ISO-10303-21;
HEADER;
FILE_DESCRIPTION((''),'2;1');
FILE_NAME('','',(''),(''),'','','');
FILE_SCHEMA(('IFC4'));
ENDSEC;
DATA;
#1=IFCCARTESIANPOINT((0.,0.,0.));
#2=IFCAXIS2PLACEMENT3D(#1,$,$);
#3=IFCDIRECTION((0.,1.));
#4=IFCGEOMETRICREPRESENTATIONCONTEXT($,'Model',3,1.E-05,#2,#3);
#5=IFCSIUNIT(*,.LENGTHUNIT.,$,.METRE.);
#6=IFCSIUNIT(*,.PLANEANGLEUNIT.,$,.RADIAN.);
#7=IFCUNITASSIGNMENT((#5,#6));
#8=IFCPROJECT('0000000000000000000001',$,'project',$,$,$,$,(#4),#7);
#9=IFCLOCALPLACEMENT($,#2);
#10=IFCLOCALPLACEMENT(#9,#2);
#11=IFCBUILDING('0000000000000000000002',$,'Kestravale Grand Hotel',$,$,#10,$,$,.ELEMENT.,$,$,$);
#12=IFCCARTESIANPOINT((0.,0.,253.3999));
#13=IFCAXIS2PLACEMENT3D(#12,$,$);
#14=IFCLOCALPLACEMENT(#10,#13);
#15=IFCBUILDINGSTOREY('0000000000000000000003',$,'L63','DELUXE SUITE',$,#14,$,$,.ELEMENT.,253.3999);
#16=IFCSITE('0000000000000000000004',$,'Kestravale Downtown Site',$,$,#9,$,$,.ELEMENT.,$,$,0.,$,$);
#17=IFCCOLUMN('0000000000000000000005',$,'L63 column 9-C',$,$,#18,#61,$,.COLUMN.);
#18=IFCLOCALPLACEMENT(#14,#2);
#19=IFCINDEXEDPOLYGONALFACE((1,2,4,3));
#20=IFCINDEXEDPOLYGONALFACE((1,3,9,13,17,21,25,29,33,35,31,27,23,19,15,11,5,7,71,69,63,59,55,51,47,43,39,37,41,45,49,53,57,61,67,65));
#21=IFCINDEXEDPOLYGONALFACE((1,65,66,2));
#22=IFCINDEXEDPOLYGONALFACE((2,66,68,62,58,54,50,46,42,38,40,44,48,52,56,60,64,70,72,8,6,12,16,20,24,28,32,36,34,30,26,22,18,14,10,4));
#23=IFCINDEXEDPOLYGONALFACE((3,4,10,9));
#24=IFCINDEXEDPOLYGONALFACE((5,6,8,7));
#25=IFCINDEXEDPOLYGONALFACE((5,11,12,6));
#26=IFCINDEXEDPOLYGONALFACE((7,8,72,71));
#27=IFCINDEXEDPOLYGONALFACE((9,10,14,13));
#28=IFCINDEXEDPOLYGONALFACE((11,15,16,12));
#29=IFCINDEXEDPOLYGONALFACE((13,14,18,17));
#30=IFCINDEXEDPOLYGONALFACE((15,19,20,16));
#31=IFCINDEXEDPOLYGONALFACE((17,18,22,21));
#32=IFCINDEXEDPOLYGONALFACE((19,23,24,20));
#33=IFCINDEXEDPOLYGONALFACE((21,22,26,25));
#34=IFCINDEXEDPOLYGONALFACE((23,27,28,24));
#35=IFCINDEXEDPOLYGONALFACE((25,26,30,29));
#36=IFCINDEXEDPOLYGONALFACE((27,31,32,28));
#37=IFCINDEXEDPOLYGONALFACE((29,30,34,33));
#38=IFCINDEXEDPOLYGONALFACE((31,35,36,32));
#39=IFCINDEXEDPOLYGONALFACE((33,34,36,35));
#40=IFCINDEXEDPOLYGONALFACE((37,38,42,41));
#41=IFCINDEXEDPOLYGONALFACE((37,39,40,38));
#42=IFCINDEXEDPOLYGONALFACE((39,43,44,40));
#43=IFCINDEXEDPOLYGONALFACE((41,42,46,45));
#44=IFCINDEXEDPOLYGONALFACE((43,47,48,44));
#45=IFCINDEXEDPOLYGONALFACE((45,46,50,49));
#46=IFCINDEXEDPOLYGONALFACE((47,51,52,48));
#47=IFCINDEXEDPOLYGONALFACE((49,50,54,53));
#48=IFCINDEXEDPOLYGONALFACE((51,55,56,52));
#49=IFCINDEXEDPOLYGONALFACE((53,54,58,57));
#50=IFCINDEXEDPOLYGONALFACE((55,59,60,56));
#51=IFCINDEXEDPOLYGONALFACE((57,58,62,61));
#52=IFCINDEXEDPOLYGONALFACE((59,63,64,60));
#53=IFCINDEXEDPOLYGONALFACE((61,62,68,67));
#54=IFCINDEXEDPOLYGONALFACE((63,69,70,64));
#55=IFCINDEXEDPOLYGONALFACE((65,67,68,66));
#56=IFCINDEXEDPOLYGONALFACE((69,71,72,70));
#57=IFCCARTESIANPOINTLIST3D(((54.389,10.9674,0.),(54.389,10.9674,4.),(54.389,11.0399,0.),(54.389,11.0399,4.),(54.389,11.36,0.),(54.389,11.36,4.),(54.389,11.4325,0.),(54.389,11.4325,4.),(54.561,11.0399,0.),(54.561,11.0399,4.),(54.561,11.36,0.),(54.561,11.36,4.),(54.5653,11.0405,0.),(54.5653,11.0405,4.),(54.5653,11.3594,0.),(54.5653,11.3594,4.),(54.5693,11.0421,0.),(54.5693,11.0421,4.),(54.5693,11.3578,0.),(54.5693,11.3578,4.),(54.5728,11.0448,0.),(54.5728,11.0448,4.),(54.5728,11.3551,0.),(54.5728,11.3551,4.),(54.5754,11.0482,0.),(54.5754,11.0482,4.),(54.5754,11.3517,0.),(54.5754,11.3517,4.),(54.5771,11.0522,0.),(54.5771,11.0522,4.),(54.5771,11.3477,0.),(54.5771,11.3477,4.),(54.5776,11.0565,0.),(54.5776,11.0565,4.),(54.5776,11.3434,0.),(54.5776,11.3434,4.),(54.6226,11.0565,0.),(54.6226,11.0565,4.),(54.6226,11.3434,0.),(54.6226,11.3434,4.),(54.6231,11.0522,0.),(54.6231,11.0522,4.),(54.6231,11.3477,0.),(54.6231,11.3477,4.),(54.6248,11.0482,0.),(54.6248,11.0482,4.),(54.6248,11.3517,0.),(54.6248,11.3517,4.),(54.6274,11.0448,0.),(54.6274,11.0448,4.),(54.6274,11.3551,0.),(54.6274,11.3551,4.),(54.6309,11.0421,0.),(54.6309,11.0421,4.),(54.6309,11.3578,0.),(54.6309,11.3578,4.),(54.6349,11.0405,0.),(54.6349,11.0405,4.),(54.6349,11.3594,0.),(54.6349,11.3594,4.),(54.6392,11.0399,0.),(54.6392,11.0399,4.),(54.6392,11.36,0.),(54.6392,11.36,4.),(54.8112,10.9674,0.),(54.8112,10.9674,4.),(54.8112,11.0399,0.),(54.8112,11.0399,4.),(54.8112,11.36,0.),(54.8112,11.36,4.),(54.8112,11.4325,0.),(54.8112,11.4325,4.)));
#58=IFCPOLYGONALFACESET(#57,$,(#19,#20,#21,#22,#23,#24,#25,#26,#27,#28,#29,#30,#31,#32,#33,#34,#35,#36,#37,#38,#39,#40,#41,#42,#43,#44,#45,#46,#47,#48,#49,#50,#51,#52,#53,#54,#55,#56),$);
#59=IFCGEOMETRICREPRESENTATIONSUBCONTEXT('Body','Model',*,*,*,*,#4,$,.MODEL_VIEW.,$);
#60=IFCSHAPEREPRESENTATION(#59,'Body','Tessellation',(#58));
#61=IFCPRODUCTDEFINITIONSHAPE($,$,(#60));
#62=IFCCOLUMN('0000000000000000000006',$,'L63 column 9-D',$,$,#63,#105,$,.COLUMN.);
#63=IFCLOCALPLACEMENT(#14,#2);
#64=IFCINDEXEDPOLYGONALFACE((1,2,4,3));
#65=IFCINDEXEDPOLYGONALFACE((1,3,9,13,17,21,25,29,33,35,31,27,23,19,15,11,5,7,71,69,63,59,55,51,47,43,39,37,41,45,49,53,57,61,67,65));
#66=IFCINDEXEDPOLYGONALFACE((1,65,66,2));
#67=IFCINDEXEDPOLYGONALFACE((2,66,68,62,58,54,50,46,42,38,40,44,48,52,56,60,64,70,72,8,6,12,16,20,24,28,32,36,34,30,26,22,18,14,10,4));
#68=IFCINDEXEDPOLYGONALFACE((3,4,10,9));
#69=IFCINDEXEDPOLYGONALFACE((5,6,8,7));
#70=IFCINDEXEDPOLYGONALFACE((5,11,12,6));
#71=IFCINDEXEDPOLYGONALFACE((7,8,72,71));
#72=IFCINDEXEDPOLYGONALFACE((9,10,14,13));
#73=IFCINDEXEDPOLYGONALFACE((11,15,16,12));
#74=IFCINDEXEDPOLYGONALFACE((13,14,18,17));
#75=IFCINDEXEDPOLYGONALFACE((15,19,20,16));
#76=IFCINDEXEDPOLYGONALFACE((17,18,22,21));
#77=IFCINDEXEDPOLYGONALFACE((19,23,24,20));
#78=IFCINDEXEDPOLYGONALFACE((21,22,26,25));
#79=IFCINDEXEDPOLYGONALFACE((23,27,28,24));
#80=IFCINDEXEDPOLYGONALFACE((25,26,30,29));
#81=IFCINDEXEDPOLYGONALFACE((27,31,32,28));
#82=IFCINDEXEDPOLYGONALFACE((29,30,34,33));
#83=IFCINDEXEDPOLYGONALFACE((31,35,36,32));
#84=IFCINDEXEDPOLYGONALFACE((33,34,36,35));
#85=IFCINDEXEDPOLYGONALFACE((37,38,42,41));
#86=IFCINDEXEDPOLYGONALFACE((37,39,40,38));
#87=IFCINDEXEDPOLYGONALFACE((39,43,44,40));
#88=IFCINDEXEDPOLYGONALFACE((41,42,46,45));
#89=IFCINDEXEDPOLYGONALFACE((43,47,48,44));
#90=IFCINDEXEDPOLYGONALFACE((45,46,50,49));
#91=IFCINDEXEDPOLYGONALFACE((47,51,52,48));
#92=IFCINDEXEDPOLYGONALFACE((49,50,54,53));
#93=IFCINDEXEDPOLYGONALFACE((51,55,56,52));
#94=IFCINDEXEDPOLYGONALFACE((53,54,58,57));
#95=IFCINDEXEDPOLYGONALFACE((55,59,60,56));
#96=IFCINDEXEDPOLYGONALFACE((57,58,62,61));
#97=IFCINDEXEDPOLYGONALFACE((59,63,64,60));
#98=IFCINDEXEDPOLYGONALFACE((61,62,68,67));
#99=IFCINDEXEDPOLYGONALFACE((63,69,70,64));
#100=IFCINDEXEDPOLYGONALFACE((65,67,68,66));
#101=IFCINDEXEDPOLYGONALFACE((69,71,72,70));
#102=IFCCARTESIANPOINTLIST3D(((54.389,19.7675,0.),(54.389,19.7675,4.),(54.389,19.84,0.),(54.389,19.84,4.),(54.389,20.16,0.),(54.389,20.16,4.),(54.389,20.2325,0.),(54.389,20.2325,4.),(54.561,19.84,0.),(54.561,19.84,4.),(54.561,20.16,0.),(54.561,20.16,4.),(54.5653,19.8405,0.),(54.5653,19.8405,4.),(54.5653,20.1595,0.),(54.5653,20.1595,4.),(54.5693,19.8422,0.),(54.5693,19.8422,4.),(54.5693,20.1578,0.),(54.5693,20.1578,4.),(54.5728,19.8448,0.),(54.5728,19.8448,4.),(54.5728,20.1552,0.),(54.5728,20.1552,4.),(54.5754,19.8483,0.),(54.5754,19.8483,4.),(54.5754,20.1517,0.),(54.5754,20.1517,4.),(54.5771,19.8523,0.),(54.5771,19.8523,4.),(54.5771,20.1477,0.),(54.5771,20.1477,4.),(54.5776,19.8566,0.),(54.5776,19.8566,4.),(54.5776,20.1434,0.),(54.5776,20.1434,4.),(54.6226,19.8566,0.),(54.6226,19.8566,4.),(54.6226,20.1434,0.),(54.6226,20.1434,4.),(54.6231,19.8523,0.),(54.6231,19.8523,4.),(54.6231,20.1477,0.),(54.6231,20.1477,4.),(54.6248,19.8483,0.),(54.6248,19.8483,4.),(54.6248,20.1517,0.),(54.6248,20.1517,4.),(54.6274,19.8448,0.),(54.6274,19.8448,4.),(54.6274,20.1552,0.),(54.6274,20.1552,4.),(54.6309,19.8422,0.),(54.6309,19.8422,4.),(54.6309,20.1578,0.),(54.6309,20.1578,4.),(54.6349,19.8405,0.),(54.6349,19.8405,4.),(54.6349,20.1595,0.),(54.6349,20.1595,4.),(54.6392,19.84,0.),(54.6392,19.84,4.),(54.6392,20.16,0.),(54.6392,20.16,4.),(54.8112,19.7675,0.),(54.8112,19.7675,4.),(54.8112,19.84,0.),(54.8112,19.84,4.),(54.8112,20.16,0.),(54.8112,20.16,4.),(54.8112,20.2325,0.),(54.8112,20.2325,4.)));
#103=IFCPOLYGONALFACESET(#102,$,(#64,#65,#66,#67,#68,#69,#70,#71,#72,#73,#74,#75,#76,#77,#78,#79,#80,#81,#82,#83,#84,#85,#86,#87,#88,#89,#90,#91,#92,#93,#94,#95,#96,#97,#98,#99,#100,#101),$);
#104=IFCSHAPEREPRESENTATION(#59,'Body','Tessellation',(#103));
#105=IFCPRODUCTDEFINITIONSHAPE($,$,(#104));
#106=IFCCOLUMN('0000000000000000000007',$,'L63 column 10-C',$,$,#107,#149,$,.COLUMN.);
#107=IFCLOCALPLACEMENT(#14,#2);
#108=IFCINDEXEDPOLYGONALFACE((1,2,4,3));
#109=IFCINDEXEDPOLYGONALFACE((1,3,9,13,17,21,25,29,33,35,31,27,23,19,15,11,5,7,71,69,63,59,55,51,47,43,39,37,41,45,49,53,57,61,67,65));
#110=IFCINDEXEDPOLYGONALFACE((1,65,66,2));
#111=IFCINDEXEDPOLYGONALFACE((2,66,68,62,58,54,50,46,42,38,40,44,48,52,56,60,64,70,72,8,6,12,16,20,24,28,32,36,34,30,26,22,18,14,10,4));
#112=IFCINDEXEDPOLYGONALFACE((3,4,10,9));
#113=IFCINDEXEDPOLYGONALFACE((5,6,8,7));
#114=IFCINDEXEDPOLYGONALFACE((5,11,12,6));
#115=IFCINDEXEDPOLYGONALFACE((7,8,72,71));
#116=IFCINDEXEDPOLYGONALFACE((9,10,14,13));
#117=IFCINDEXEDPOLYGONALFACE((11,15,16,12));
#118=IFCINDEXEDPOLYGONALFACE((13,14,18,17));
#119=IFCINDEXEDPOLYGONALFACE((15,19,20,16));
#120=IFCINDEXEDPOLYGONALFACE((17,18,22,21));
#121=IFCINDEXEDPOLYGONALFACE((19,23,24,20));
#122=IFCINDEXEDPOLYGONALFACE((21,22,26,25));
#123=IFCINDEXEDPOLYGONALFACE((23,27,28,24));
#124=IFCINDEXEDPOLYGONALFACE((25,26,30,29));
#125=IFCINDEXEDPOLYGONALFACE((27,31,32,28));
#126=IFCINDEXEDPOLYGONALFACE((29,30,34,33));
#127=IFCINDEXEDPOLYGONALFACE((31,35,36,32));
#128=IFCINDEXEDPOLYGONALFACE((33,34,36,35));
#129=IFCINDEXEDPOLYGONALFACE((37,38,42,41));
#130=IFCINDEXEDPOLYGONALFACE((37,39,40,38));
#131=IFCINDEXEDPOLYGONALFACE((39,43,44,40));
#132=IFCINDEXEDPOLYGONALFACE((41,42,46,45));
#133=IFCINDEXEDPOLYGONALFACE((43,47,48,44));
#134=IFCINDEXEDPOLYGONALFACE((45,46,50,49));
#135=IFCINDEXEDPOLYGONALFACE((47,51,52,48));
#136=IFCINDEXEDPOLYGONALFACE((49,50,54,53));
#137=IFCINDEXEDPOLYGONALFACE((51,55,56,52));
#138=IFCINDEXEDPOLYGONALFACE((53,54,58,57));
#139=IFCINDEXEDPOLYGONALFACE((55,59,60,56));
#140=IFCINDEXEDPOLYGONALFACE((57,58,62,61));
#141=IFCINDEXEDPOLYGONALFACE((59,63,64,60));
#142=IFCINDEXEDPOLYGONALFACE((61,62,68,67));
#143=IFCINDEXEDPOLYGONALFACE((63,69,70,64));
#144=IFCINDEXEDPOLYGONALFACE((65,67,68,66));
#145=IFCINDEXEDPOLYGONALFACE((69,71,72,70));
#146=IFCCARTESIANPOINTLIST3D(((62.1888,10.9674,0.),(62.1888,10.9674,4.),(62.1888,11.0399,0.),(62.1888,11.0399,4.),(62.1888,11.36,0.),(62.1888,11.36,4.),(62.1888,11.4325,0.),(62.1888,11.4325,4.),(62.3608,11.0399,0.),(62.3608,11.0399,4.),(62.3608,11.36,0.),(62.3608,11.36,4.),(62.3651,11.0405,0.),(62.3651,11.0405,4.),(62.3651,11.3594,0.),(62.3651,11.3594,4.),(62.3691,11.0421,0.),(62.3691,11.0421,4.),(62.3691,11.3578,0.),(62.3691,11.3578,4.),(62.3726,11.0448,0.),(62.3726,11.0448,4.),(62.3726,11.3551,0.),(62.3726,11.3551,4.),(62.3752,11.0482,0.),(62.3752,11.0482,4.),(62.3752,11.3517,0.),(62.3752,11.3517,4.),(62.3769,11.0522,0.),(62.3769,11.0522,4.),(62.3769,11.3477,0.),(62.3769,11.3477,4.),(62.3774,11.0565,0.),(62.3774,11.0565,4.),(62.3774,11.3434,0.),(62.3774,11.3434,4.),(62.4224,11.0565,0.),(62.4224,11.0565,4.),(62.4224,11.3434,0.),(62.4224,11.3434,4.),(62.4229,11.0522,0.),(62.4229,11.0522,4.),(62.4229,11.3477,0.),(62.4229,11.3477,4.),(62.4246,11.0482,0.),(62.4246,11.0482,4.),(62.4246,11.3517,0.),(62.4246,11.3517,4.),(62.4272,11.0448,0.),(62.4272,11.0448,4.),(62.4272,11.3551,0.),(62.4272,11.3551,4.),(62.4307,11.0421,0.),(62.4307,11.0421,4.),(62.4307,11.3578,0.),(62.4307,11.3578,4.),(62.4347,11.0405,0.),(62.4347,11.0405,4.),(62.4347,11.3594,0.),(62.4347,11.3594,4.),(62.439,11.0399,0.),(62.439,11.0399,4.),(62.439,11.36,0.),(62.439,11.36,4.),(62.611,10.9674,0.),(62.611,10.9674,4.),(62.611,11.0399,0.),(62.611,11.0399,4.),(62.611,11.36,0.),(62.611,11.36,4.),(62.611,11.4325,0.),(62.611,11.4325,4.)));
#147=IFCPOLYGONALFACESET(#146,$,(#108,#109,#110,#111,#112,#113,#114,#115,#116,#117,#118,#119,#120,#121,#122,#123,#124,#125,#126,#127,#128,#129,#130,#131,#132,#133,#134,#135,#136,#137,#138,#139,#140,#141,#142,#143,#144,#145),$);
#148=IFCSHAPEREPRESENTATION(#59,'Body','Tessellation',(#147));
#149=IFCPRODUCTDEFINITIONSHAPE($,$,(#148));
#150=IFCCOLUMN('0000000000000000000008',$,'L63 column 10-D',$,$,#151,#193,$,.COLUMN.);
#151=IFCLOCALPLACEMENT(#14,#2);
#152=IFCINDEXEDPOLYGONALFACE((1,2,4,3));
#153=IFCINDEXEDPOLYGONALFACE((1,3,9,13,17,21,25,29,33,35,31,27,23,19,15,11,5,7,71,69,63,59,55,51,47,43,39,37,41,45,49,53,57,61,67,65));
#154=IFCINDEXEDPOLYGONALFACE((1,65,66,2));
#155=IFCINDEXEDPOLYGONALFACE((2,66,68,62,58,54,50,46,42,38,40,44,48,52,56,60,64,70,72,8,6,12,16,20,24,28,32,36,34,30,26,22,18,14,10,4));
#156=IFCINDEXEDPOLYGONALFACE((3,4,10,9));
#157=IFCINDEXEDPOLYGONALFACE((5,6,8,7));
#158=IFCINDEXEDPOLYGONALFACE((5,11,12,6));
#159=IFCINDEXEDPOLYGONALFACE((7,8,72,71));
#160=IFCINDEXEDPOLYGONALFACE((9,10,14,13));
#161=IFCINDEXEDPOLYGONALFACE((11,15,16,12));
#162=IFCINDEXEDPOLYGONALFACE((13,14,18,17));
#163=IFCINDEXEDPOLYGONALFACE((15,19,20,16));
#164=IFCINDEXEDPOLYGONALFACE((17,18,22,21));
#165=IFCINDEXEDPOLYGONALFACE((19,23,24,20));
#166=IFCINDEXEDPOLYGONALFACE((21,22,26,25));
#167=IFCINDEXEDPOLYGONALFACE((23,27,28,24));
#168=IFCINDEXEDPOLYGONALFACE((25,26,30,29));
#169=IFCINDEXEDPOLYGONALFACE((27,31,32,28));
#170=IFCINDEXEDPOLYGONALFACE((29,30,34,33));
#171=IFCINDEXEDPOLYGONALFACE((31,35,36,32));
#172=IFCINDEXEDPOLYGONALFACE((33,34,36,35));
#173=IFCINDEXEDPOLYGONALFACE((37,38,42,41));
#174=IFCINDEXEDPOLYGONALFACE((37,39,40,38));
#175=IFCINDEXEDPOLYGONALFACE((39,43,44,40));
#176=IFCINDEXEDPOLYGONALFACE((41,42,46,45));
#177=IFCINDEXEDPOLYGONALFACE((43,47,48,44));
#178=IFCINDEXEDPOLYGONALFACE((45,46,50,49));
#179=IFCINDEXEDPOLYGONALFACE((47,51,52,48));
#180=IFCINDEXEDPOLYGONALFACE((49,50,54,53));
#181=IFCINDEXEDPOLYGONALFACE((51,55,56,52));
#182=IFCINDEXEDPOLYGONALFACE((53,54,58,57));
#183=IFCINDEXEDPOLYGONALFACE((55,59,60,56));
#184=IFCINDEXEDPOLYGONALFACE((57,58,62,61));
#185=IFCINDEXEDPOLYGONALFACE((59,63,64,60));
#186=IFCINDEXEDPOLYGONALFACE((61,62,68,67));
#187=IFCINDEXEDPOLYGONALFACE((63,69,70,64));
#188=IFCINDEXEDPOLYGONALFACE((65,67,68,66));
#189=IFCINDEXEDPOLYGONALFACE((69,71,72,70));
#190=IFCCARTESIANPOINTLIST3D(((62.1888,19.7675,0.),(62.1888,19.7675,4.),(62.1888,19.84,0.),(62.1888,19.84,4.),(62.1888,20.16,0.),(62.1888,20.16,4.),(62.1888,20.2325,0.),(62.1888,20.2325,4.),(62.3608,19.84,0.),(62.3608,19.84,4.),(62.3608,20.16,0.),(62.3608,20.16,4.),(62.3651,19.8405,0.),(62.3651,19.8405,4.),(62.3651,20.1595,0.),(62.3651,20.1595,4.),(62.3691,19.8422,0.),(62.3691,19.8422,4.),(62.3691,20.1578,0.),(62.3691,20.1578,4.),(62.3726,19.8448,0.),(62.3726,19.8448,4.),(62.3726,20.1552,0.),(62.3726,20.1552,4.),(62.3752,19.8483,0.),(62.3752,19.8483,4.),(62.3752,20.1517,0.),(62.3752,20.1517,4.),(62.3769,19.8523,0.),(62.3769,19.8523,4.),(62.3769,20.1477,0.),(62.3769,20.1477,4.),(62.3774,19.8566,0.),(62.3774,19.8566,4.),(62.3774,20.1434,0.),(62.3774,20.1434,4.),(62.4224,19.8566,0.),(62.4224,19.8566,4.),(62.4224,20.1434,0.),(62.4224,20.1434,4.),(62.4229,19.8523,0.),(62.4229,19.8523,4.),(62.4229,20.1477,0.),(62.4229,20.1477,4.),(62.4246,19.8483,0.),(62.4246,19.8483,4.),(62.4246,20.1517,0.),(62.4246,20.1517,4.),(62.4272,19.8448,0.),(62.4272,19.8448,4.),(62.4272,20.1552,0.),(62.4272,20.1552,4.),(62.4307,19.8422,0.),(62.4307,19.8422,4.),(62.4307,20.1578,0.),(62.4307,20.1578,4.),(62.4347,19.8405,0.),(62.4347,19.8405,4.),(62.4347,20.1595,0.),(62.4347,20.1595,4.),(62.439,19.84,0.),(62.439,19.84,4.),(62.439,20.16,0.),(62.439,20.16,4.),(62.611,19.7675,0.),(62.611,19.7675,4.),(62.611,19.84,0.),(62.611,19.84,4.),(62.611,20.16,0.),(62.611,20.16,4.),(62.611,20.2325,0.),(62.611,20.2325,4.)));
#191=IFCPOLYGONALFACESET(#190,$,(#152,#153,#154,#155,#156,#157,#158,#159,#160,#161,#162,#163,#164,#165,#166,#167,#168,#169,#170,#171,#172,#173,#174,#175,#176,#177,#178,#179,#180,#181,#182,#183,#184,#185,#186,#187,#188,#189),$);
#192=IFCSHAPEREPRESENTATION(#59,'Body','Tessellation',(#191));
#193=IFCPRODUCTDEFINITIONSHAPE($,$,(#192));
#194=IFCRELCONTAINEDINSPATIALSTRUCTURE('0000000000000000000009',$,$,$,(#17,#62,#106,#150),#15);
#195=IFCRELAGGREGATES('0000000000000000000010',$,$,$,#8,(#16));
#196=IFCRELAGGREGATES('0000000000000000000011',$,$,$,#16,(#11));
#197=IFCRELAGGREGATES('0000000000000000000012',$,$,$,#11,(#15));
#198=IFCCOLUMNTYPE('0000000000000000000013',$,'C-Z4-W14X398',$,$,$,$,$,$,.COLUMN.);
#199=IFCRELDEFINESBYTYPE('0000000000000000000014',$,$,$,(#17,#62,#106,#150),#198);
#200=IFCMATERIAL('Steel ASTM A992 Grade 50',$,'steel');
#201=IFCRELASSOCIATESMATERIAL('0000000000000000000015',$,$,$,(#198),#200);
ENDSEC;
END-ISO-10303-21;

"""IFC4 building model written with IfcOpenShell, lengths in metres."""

from ifc_helpers import new_model, si_unit, direction, frame, origin, origin_2d, place, context, subcontext, project, spatial, i_section, extrude, material, material_profile, profile_set, type_object, element, save


model = new_model("IFC4")

# Units and contexts
model_context = context("Model", 3, precision=1e-05, world=origin(), true_north=direction((0.0, 1.0)))
body_context = subcontext(model_context, "Body", "Model", "MODEL_VIEW")
ifc_project = project(units=[si_unit("LENGTHUNIT", "METRE"), si_unit("PLANEANGLEUNIT", "RADIAN")], contexts=[model_context])

# Site, building, storey
site_placement = place(None, origin())
site = spatial("IfcSite", under=ifc_project, at=site_placement, Name="Kestravale Downtown Site", CompositionType="ELEMENT", RefElevation=0.0)
building_placement = place(site_placement, origin())
building = spatial("IfcBuilding", under=site, at=building_placement, Name="Kestravale Grand Hotel", CompositionType="ELEMENT")
storey_placement = place(building_placement, frame((0.0, 0.0, 253.3999)))
storey = spatial("IfcBuildingStorey", under=building, at=storey_placement, Name="L63", Description="DELUXE SUITE", CompositionType="ELEMENT", Elevation=253.3999)

# Columns
ifc_material_1 = material(Name="Steel ASTM A992 Grade 50", Category="steel")
ifc_material_profile_1 = material_profile(ifc_material_1, i_section(OverallWidth=0.4221, OverallDepth=0.4651, WebThickness=0.0449, FlangeThickness=0.0725, FilletRadius=0.0166, at=origin_2d()))
ifc_profile_set_1 = profile_set([ifc_material_profile_1], Name="Steel ASTM A992 Grade 50")
column_type = type_object("IfcColumnType", Name="C-Z4-W14X398", PredefinedType="COLUMN", material=ifc_profile_set_1)
for number, where, z_axis, x_axis, name in (
    (1, (54.6001, 11.2, 0.0), (0.0, 0.0, 1.0), (1.0, 0.0, 0.0), "L63 column 9-C"),
    (2, (54.6001, 20.0, 0.0), (0.0, 0.0, 1.0), (1.0, 0.0, 0.0), "L63 column 9-D"),
    (3, (62.3999, 11.2, 0.0), (0.0, 0.0, 1.0), (1.0, 0.0, 0.0), "L63 column 10-C"),
    (4, (62.3999, 20.0, 0.0), (0.0, 0.0, 1.0), (1.0, 0.0, 0.0), "L63 column 10-D"),
):
    element("IfcColumn", number, at=place(storey_placement, frame(where, z_axis=z_axis, x_axis=x_axis)), inside=storey, type_object=column_type, Name=name, PredefinedType="COLUMN", context=body_context, shape_type="SweptSolid", body=[
        extrude(i_section(OverallWidth=0.4221, OverallDepth=0.4651, WebThickness=0.0449, FlangeThickness=0.0725, FilletRadius=0.0166, at=origin_2d()), origin(), (0.0, 0.0, 1.0), 4.0),
    ])

save(model, "model.ifc")
